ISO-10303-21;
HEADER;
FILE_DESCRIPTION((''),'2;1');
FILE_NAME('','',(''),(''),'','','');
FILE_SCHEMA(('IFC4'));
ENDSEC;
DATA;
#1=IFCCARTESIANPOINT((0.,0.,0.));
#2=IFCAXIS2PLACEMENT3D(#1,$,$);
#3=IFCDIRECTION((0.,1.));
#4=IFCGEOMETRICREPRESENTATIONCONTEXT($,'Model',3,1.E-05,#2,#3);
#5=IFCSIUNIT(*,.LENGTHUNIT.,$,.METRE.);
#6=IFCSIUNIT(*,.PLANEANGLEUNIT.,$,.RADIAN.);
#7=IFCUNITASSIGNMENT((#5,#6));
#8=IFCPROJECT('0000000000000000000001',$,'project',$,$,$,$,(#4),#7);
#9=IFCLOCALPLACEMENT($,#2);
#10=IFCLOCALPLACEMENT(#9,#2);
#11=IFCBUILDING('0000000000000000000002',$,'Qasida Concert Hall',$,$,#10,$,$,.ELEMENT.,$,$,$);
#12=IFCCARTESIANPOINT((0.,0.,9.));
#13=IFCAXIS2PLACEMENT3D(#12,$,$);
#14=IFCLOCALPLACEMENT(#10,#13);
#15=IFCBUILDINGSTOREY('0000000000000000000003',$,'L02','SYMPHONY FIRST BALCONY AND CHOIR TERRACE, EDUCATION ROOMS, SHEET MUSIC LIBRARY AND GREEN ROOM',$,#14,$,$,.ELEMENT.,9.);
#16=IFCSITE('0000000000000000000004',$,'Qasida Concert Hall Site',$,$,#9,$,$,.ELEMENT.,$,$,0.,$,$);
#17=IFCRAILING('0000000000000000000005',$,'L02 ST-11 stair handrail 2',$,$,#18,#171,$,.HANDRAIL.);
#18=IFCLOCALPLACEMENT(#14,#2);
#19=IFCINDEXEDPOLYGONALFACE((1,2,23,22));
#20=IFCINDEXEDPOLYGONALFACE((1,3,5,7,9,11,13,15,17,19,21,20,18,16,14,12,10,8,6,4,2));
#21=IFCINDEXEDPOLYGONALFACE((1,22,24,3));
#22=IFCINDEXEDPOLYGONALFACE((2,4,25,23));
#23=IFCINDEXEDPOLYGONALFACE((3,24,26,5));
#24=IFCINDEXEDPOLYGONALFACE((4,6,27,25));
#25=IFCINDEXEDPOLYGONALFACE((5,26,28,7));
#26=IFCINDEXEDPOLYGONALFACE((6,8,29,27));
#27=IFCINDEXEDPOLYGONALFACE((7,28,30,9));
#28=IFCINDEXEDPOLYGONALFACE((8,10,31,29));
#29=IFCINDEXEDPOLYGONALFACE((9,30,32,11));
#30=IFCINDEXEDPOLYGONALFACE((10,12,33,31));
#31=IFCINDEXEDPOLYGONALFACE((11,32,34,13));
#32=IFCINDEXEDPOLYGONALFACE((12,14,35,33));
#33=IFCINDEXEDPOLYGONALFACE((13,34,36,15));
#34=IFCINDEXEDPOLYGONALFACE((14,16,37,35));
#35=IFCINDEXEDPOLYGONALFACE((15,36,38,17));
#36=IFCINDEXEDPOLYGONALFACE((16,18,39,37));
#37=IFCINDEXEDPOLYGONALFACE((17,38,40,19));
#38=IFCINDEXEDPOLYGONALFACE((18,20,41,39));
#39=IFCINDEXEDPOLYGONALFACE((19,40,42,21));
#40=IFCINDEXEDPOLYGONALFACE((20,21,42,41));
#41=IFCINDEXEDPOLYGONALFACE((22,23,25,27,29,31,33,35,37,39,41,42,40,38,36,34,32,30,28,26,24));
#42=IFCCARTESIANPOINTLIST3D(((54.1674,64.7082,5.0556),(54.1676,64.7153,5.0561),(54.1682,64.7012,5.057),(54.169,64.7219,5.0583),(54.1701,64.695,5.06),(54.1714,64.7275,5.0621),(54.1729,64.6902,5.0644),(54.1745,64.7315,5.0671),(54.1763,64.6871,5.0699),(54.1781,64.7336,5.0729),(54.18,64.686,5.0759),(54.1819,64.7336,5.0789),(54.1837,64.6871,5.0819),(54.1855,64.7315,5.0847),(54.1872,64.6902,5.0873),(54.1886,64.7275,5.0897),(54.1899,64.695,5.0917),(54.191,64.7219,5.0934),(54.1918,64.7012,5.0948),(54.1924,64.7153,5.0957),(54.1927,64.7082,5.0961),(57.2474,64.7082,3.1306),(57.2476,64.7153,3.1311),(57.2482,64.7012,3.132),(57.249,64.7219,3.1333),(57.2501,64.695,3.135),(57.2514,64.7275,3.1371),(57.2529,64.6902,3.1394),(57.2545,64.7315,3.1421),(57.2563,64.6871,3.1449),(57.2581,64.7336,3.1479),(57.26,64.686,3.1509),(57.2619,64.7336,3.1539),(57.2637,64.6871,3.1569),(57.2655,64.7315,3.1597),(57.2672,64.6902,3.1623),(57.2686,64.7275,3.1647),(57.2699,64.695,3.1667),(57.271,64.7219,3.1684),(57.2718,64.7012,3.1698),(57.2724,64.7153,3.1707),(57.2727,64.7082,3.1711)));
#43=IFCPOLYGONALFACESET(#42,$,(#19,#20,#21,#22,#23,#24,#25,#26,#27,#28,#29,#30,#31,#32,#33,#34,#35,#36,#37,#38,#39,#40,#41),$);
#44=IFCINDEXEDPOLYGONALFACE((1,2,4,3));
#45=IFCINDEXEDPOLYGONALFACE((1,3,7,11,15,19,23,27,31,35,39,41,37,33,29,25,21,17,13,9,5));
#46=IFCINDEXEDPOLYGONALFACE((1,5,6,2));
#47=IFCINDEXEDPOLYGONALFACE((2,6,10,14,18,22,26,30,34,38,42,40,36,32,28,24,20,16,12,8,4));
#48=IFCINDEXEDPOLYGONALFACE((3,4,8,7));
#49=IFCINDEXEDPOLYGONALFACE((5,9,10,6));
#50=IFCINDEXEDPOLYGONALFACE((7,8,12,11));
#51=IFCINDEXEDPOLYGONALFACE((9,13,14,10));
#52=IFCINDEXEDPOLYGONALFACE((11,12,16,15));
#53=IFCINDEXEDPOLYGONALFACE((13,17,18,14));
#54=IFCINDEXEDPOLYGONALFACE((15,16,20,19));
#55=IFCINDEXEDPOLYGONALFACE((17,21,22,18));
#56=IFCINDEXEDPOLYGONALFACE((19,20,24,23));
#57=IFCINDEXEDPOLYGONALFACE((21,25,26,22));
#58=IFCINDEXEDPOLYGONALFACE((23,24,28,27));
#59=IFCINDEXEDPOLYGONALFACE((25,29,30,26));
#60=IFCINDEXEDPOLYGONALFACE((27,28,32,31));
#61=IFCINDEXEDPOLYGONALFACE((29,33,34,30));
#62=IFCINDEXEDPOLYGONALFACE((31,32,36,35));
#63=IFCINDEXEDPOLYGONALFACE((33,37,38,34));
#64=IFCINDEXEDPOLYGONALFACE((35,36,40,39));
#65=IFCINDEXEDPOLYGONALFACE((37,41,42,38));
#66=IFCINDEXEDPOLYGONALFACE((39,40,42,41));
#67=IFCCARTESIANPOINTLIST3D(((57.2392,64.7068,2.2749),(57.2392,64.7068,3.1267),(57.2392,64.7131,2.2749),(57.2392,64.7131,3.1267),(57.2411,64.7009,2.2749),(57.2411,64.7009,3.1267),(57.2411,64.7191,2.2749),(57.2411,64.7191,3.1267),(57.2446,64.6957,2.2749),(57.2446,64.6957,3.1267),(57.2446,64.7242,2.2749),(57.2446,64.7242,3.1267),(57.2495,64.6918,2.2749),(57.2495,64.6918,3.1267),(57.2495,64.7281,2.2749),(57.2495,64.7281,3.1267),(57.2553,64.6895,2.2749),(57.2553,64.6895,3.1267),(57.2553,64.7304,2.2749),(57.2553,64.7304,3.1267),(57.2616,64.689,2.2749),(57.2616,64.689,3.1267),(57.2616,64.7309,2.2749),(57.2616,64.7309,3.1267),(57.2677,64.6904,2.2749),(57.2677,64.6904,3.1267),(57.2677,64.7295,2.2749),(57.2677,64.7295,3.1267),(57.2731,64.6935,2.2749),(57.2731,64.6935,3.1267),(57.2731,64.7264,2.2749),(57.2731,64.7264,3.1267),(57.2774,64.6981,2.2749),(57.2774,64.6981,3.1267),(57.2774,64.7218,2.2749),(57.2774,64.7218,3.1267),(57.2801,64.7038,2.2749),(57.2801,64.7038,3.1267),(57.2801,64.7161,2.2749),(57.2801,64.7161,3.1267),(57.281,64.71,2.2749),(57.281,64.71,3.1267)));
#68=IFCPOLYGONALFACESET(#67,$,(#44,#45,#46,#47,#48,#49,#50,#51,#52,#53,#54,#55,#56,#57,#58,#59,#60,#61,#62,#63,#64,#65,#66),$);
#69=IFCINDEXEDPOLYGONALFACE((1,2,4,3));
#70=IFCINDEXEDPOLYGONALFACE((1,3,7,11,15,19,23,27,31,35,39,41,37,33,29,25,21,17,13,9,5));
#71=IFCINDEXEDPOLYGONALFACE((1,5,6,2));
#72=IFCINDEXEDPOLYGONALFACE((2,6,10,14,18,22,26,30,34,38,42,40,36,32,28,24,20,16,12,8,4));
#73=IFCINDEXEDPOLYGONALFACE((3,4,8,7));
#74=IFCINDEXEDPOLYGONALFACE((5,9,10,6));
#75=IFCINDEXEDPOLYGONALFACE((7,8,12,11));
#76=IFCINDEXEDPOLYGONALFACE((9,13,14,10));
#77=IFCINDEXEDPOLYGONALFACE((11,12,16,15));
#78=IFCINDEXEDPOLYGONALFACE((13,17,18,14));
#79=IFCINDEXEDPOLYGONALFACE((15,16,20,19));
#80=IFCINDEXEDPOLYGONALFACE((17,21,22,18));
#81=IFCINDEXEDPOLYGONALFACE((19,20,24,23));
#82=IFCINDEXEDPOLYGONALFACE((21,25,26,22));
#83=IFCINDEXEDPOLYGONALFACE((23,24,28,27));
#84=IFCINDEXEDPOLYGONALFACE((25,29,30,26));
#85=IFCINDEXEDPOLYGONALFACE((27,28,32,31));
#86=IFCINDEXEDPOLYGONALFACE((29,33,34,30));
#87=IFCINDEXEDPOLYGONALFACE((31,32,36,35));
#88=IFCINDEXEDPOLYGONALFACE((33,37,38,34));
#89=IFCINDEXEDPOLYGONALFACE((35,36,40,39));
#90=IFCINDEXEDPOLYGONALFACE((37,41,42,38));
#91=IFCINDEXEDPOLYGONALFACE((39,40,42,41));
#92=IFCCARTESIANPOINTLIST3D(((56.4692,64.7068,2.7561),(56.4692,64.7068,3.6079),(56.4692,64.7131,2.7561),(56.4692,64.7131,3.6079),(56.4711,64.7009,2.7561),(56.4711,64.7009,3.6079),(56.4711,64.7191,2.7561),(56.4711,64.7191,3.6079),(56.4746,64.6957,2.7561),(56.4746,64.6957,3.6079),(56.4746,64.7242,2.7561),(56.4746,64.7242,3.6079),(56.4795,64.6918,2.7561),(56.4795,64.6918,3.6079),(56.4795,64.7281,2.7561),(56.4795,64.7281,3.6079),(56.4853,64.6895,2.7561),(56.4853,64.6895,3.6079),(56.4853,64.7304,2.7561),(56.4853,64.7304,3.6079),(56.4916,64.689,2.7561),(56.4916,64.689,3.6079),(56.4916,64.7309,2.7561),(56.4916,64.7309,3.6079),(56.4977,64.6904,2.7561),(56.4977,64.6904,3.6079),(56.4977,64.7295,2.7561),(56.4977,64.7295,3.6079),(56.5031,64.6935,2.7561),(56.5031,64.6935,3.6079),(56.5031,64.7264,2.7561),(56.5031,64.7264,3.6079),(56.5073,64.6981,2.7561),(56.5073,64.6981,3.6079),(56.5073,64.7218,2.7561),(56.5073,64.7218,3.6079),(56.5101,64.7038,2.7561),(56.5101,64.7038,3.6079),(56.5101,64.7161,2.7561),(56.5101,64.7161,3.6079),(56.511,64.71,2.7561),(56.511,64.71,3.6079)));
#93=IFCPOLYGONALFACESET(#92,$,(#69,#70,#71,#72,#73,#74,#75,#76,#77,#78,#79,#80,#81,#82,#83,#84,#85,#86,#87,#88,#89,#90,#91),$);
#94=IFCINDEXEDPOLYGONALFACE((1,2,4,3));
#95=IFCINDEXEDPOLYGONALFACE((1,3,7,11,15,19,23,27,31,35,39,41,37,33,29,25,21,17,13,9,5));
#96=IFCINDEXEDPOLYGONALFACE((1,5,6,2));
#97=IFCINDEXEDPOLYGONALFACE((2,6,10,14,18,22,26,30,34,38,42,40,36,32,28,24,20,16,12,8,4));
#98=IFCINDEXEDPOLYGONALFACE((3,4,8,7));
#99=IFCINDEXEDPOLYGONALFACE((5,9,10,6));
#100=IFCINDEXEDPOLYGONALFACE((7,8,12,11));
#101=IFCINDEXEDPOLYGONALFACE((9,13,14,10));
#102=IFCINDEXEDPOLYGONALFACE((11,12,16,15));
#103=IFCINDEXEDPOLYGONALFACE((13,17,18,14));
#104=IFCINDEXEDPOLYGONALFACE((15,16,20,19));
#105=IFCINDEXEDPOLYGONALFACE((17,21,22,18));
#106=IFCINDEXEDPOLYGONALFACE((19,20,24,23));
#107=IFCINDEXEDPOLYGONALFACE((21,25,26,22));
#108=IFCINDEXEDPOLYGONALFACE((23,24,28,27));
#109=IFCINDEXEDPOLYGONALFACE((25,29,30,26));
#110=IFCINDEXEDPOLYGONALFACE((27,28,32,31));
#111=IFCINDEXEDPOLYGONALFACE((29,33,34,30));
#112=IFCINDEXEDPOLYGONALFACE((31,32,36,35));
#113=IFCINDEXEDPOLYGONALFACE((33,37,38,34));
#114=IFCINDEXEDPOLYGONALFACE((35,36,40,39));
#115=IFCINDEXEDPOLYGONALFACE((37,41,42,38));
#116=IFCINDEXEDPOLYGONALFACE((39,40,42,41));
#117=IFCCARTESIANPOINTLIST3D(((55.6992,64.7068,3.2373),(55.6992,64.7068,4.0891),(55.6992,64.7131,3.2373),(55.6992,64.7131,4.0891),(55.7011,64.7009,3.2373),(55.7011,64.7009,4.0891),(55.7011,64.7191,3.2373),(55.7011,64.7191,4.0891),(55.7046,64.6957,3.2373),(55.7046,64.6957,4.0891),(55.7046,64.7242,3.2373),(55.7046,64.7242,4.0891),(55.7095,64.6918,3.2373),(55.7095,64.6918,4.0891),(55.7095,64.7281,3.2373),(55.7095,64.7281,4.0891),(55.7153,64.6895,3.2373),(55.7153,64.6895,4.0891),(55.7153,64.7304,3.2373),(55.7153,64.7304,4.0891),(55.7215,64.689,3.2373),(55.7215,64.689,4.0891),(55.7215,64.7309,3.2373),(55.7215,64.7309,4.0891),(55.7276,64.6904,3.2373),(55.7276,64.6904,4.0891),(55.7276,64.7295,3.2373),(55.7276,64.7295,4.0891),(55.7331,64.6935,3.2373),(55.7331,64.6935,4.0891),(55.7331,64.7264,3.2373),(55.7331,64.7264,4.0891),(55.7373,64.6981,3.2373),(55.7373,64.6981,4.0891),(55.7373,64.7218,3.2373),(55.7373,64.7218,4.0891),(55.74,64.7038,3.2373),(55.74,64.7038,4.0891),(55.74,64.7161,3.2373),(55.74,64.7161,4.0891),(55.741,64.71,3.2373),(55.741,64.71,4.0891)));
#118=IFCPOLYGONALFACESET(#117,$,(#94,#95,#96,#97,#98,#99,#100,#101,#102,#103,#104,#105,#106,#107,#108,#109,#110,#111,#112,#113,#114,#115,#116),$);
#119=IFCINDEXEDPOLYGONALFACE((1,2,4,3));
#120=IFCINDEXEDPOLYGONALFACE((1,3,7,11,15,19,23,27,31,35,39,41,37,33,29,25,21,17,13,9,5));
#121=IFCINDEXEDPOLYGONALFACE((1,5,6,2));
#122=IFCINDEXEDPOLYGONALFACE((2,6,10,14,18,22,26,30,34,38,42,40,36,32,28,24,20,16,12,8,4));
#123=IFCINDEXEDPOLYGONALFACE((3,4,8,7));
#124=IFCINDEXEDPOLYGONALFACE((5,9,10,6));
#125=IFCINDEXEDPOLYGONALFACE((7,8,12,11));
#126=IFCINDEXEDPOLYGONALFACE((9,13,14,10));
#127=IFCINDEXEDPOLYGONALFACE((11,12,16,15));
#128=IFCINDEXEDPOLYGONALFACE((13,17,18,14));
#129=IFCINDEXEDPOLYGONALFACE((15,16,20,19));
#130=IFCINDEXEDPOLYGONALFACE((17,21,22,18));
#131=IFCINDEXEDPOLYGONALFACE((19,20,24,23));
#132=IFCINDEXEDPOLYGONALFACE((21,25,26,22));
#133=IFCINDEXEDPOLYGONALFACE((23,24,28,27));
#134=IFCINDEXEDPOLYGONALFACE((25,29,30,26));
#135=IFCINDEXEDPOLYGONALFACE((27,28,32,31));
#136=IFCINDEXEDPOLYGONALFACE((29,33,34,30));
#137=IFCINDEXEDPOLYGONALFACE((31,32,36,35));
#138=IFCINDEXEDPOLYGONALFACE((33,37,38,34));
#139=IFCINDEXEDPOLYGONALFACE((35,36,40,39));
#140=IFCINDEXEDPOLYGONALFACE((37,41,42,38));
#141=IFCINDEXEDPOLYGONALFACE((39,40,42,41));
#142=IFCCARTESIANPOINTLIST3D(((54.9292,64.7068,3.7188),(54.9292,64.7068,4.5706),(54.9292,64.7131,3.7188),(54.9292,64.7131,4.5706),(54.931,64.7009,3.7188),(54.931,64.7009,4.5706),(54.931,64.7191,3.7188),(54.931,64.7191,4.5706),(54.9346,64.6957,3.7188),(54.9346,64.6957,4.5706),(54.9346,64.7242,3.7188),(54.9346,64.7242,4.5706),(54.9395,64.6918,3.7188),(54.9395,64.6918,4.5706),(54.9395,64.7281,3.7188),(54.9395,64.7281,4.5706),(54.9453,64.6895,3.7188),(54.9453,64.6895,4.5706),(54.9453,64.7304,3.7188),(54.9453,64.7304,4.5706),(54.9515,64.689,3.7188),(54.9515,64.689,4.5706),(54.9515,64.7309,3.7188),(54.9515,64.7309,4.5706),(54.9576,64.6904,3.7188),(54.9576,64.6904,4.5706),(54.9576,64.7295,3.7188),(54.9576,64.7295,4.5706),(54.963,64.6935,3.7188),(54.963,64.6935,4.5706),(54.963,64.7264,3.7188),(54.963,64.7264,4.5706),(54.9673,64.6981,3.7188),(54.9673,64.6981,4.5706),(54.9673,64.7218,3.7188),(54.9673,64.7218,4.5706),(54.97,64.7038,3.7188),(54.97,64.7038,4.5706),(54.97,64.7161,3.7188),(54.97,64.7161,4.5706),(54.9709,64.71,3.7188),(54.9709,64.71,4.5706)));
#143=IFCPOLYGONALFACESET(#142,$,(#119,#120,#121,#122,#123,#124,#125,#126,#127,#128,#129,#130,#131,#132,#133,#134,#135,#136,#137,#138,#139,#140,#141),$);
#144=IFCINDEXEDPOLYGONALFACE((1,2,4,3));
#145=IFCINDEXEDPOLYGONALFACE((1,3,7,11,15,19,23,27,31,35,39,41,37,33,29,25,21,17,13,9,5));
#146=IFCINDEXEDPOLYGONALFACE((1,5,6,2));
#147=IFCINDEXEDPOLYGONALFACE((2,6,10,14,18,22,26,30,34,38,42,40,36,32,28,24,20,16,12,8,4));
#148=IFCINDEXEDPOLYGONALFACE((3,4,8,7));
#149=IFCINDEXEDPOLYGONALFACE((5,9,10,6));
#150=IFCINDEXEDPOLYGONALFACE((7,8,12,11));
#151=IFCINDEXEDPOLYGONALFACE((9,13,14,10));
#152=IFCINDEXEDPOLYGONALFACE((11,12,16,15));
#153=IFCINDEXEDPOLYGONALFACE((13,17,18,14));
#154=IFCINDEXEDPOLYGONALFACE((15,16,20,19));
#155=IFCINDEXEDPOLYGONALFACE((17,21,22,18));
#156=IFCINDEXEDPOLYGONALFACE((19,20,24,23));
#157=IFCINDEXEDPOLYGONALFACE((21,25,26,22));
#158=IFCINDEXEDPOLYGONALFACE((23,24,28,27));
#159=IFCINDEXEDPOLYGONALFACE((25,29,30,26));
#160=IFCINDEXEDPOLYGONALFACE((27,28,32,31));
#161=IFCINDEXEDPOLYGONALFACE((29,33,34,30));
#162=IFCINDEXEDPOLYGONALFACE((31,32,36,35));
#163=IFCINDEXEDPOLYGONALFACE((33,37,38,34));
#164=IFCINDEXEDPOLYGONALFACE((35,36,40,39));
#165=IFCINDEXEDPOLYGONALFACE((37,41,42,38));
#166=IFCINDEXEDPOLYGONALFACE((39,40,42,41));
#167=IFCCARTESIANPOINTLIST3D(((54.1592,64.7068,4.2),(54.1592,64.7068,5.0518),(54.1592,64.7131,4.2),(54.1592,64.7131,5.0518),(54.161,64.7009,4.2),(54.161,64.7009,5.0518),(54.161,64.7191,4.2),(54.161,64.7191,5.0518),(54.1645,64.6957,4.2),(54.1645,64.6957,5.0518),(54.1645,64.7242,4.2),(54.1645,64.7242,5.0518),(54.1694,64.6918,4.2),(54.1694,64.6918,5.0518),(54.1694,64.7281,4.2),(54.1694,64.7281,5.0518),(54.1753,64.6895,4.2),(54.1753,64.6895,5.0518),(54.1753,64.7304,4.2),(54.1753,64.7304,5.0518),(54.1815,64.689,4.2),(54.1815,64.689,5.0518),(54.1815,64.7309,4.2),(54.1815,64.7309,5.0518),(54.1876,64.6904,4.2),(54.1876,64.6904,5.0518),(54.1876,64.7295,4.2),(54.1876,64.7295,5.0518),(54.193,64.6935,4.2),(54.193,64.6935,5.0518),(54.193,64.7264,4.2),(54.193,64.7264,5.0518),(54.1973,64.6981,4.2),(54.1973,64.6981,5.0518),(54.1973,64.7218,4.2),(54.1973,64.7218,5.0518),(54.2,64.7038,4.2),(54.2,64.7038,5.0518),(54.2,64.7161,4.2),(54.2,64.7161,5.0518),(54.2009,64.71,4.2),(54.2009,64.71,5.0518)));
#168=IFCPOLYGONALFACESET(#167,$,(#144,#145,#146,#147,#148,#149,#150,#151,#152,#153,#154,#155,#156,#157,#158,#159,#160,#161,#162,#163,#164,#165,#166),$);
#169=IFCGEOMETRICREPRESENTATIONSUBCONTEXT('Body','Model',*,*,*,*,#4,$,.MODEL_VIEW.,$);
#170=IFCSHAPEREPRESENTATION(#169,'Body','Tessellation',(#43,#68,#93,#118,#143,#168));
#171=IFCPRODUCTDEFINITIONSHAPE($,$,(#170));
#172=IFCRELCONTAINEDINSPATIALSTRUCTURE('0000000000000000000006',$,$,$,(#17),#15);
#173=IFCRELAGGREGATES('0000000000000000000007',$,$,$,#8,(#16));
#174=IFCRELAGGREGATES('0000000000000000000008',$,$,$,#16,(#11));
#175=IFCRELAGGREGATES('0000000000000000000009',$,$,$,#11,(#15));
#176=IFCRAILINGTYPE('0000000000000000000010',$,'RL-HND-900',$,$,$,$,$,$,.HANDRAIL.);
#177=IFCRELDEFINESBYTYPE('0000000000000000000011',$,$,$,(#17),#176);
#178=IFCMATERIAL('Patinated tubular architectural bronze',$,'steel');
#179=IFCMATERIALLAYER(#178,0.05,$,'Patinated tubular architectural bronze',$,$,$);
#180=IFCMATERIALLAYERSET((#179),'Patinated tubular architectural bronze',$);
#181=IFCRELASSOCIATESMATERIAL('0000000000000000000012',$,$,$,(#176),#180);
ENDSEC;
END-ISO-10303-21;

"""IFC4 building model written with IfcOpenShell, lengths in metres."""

from ifc_helpers import new_model, si_unit, direction, frame, origin, origin_2d, place, context, subcontext, project, spatial, circle, extrude, material, layer, layer_set, type_object, element, save


model = new_model("IFC4")

# Units and contexts
model_context = context("Model", 3, precision=1e-05, world=origin(), true_north=direction((0.0, 1.0)))
body_context = subcontext(model_context, "Body", "Model", "MODEL_VIEW")
ifc_project = project(units=[si_unit("LENGTHUNIT", "METRE"), si_unit("PLANEANGLEUNIT", "RADIAN")], contexts=[model_context])

# Site, building, storey
site_placement = place(None, origin())
site = spatial("IfcSite", under=ifc_project, at=site_placement, Name="Qasida Concert Hall Site", CompositionType="ELEMENT", RefElevation=0.0)
building_placement = place(site_placement, origin())
building = spatial("IfcBuilding", under=site, at=building_placement, Name="Qasida Concert Hall", CompositionType="ELEMENT")
storey_placement = place(building_placement, frame((0.0, 0.0, 9.0)))
storey = spatial("IfcBuildingStorey", under=building, at=storey_placement, Name="L02", Description="SYMPHONY FIRST BALCONY AND CHOIR TERRACE, EDUCATION ROOMS, SHEET MUSIC LIBRARY AND GREEN ROOM", CompositionType="ELEMENT", Elevation=9.0)

# Railing
ifc_material_1 = material(Name="Patinated tubular architectural bronze", Category="steel")
ifc_layer_1 = layer(ifc_material_1, 0.05, Name="Patinated tubular architectural bronze")
ifc_layer_set_1 = layer_set([ifc_layer_1], Name="Patinated tubular architectural bronze")
railing_type_1 = type_object("IfcRailingType", Name="RL-HND-900", PredefinedType="HANDRAIL", material=ifc_layer_set_1)
railing_1_placement = place(storey_placement, frame((57.26, 64.71, 2.2749)))
element("IfcRailing", 1, at=railing_1_placement, inside=storey, type_object=railing_type_1, Name="L02 ST-11 stair handrail 2", PredefinedType="HANDRAIL", context=body_context, shape_type="SweptSolid", body=[
    extrude(circle(Radius=0.0239, at=origin_2d()), frame((0.0, 0.0, 0.876), z_axis=(-0.847998, 0.0, 0.529999), x_axis=(0.0, -1.0, 0.0)), (0.0, 0.0, 1.0), 3.6321),
    extrude(circle(Radius=0.021, at=origin_2d()), origin(), (0.0, 0.0, 1.0), 0.8518),
    extrude(circle(Radius=0.021, at=origin_2d()), frame((-0.77, 0.0, 0.4812)), (0.0, 0.0, 1.0), 0.8518),
    extrude(circle(Radius=0.021, at=origin_2d()), frame((-1.54, 0.0, 0.9624)), (0.0, 0.0, 1.0), 0.8518),
    extrude(circle(Radius=0.021, at=origin_2d()), frame((-2.3101, 0.0, 1.4438)), (0.0, 0.0, 1.0), 0.8518),
    extrude(circle(Radius=0.021, at=origin_2d()), frame((-3.0801, 0.0, 1.925)), (0.0, 0.0, 1.0), 0.8518),
])

save(model, "model.ifc")
